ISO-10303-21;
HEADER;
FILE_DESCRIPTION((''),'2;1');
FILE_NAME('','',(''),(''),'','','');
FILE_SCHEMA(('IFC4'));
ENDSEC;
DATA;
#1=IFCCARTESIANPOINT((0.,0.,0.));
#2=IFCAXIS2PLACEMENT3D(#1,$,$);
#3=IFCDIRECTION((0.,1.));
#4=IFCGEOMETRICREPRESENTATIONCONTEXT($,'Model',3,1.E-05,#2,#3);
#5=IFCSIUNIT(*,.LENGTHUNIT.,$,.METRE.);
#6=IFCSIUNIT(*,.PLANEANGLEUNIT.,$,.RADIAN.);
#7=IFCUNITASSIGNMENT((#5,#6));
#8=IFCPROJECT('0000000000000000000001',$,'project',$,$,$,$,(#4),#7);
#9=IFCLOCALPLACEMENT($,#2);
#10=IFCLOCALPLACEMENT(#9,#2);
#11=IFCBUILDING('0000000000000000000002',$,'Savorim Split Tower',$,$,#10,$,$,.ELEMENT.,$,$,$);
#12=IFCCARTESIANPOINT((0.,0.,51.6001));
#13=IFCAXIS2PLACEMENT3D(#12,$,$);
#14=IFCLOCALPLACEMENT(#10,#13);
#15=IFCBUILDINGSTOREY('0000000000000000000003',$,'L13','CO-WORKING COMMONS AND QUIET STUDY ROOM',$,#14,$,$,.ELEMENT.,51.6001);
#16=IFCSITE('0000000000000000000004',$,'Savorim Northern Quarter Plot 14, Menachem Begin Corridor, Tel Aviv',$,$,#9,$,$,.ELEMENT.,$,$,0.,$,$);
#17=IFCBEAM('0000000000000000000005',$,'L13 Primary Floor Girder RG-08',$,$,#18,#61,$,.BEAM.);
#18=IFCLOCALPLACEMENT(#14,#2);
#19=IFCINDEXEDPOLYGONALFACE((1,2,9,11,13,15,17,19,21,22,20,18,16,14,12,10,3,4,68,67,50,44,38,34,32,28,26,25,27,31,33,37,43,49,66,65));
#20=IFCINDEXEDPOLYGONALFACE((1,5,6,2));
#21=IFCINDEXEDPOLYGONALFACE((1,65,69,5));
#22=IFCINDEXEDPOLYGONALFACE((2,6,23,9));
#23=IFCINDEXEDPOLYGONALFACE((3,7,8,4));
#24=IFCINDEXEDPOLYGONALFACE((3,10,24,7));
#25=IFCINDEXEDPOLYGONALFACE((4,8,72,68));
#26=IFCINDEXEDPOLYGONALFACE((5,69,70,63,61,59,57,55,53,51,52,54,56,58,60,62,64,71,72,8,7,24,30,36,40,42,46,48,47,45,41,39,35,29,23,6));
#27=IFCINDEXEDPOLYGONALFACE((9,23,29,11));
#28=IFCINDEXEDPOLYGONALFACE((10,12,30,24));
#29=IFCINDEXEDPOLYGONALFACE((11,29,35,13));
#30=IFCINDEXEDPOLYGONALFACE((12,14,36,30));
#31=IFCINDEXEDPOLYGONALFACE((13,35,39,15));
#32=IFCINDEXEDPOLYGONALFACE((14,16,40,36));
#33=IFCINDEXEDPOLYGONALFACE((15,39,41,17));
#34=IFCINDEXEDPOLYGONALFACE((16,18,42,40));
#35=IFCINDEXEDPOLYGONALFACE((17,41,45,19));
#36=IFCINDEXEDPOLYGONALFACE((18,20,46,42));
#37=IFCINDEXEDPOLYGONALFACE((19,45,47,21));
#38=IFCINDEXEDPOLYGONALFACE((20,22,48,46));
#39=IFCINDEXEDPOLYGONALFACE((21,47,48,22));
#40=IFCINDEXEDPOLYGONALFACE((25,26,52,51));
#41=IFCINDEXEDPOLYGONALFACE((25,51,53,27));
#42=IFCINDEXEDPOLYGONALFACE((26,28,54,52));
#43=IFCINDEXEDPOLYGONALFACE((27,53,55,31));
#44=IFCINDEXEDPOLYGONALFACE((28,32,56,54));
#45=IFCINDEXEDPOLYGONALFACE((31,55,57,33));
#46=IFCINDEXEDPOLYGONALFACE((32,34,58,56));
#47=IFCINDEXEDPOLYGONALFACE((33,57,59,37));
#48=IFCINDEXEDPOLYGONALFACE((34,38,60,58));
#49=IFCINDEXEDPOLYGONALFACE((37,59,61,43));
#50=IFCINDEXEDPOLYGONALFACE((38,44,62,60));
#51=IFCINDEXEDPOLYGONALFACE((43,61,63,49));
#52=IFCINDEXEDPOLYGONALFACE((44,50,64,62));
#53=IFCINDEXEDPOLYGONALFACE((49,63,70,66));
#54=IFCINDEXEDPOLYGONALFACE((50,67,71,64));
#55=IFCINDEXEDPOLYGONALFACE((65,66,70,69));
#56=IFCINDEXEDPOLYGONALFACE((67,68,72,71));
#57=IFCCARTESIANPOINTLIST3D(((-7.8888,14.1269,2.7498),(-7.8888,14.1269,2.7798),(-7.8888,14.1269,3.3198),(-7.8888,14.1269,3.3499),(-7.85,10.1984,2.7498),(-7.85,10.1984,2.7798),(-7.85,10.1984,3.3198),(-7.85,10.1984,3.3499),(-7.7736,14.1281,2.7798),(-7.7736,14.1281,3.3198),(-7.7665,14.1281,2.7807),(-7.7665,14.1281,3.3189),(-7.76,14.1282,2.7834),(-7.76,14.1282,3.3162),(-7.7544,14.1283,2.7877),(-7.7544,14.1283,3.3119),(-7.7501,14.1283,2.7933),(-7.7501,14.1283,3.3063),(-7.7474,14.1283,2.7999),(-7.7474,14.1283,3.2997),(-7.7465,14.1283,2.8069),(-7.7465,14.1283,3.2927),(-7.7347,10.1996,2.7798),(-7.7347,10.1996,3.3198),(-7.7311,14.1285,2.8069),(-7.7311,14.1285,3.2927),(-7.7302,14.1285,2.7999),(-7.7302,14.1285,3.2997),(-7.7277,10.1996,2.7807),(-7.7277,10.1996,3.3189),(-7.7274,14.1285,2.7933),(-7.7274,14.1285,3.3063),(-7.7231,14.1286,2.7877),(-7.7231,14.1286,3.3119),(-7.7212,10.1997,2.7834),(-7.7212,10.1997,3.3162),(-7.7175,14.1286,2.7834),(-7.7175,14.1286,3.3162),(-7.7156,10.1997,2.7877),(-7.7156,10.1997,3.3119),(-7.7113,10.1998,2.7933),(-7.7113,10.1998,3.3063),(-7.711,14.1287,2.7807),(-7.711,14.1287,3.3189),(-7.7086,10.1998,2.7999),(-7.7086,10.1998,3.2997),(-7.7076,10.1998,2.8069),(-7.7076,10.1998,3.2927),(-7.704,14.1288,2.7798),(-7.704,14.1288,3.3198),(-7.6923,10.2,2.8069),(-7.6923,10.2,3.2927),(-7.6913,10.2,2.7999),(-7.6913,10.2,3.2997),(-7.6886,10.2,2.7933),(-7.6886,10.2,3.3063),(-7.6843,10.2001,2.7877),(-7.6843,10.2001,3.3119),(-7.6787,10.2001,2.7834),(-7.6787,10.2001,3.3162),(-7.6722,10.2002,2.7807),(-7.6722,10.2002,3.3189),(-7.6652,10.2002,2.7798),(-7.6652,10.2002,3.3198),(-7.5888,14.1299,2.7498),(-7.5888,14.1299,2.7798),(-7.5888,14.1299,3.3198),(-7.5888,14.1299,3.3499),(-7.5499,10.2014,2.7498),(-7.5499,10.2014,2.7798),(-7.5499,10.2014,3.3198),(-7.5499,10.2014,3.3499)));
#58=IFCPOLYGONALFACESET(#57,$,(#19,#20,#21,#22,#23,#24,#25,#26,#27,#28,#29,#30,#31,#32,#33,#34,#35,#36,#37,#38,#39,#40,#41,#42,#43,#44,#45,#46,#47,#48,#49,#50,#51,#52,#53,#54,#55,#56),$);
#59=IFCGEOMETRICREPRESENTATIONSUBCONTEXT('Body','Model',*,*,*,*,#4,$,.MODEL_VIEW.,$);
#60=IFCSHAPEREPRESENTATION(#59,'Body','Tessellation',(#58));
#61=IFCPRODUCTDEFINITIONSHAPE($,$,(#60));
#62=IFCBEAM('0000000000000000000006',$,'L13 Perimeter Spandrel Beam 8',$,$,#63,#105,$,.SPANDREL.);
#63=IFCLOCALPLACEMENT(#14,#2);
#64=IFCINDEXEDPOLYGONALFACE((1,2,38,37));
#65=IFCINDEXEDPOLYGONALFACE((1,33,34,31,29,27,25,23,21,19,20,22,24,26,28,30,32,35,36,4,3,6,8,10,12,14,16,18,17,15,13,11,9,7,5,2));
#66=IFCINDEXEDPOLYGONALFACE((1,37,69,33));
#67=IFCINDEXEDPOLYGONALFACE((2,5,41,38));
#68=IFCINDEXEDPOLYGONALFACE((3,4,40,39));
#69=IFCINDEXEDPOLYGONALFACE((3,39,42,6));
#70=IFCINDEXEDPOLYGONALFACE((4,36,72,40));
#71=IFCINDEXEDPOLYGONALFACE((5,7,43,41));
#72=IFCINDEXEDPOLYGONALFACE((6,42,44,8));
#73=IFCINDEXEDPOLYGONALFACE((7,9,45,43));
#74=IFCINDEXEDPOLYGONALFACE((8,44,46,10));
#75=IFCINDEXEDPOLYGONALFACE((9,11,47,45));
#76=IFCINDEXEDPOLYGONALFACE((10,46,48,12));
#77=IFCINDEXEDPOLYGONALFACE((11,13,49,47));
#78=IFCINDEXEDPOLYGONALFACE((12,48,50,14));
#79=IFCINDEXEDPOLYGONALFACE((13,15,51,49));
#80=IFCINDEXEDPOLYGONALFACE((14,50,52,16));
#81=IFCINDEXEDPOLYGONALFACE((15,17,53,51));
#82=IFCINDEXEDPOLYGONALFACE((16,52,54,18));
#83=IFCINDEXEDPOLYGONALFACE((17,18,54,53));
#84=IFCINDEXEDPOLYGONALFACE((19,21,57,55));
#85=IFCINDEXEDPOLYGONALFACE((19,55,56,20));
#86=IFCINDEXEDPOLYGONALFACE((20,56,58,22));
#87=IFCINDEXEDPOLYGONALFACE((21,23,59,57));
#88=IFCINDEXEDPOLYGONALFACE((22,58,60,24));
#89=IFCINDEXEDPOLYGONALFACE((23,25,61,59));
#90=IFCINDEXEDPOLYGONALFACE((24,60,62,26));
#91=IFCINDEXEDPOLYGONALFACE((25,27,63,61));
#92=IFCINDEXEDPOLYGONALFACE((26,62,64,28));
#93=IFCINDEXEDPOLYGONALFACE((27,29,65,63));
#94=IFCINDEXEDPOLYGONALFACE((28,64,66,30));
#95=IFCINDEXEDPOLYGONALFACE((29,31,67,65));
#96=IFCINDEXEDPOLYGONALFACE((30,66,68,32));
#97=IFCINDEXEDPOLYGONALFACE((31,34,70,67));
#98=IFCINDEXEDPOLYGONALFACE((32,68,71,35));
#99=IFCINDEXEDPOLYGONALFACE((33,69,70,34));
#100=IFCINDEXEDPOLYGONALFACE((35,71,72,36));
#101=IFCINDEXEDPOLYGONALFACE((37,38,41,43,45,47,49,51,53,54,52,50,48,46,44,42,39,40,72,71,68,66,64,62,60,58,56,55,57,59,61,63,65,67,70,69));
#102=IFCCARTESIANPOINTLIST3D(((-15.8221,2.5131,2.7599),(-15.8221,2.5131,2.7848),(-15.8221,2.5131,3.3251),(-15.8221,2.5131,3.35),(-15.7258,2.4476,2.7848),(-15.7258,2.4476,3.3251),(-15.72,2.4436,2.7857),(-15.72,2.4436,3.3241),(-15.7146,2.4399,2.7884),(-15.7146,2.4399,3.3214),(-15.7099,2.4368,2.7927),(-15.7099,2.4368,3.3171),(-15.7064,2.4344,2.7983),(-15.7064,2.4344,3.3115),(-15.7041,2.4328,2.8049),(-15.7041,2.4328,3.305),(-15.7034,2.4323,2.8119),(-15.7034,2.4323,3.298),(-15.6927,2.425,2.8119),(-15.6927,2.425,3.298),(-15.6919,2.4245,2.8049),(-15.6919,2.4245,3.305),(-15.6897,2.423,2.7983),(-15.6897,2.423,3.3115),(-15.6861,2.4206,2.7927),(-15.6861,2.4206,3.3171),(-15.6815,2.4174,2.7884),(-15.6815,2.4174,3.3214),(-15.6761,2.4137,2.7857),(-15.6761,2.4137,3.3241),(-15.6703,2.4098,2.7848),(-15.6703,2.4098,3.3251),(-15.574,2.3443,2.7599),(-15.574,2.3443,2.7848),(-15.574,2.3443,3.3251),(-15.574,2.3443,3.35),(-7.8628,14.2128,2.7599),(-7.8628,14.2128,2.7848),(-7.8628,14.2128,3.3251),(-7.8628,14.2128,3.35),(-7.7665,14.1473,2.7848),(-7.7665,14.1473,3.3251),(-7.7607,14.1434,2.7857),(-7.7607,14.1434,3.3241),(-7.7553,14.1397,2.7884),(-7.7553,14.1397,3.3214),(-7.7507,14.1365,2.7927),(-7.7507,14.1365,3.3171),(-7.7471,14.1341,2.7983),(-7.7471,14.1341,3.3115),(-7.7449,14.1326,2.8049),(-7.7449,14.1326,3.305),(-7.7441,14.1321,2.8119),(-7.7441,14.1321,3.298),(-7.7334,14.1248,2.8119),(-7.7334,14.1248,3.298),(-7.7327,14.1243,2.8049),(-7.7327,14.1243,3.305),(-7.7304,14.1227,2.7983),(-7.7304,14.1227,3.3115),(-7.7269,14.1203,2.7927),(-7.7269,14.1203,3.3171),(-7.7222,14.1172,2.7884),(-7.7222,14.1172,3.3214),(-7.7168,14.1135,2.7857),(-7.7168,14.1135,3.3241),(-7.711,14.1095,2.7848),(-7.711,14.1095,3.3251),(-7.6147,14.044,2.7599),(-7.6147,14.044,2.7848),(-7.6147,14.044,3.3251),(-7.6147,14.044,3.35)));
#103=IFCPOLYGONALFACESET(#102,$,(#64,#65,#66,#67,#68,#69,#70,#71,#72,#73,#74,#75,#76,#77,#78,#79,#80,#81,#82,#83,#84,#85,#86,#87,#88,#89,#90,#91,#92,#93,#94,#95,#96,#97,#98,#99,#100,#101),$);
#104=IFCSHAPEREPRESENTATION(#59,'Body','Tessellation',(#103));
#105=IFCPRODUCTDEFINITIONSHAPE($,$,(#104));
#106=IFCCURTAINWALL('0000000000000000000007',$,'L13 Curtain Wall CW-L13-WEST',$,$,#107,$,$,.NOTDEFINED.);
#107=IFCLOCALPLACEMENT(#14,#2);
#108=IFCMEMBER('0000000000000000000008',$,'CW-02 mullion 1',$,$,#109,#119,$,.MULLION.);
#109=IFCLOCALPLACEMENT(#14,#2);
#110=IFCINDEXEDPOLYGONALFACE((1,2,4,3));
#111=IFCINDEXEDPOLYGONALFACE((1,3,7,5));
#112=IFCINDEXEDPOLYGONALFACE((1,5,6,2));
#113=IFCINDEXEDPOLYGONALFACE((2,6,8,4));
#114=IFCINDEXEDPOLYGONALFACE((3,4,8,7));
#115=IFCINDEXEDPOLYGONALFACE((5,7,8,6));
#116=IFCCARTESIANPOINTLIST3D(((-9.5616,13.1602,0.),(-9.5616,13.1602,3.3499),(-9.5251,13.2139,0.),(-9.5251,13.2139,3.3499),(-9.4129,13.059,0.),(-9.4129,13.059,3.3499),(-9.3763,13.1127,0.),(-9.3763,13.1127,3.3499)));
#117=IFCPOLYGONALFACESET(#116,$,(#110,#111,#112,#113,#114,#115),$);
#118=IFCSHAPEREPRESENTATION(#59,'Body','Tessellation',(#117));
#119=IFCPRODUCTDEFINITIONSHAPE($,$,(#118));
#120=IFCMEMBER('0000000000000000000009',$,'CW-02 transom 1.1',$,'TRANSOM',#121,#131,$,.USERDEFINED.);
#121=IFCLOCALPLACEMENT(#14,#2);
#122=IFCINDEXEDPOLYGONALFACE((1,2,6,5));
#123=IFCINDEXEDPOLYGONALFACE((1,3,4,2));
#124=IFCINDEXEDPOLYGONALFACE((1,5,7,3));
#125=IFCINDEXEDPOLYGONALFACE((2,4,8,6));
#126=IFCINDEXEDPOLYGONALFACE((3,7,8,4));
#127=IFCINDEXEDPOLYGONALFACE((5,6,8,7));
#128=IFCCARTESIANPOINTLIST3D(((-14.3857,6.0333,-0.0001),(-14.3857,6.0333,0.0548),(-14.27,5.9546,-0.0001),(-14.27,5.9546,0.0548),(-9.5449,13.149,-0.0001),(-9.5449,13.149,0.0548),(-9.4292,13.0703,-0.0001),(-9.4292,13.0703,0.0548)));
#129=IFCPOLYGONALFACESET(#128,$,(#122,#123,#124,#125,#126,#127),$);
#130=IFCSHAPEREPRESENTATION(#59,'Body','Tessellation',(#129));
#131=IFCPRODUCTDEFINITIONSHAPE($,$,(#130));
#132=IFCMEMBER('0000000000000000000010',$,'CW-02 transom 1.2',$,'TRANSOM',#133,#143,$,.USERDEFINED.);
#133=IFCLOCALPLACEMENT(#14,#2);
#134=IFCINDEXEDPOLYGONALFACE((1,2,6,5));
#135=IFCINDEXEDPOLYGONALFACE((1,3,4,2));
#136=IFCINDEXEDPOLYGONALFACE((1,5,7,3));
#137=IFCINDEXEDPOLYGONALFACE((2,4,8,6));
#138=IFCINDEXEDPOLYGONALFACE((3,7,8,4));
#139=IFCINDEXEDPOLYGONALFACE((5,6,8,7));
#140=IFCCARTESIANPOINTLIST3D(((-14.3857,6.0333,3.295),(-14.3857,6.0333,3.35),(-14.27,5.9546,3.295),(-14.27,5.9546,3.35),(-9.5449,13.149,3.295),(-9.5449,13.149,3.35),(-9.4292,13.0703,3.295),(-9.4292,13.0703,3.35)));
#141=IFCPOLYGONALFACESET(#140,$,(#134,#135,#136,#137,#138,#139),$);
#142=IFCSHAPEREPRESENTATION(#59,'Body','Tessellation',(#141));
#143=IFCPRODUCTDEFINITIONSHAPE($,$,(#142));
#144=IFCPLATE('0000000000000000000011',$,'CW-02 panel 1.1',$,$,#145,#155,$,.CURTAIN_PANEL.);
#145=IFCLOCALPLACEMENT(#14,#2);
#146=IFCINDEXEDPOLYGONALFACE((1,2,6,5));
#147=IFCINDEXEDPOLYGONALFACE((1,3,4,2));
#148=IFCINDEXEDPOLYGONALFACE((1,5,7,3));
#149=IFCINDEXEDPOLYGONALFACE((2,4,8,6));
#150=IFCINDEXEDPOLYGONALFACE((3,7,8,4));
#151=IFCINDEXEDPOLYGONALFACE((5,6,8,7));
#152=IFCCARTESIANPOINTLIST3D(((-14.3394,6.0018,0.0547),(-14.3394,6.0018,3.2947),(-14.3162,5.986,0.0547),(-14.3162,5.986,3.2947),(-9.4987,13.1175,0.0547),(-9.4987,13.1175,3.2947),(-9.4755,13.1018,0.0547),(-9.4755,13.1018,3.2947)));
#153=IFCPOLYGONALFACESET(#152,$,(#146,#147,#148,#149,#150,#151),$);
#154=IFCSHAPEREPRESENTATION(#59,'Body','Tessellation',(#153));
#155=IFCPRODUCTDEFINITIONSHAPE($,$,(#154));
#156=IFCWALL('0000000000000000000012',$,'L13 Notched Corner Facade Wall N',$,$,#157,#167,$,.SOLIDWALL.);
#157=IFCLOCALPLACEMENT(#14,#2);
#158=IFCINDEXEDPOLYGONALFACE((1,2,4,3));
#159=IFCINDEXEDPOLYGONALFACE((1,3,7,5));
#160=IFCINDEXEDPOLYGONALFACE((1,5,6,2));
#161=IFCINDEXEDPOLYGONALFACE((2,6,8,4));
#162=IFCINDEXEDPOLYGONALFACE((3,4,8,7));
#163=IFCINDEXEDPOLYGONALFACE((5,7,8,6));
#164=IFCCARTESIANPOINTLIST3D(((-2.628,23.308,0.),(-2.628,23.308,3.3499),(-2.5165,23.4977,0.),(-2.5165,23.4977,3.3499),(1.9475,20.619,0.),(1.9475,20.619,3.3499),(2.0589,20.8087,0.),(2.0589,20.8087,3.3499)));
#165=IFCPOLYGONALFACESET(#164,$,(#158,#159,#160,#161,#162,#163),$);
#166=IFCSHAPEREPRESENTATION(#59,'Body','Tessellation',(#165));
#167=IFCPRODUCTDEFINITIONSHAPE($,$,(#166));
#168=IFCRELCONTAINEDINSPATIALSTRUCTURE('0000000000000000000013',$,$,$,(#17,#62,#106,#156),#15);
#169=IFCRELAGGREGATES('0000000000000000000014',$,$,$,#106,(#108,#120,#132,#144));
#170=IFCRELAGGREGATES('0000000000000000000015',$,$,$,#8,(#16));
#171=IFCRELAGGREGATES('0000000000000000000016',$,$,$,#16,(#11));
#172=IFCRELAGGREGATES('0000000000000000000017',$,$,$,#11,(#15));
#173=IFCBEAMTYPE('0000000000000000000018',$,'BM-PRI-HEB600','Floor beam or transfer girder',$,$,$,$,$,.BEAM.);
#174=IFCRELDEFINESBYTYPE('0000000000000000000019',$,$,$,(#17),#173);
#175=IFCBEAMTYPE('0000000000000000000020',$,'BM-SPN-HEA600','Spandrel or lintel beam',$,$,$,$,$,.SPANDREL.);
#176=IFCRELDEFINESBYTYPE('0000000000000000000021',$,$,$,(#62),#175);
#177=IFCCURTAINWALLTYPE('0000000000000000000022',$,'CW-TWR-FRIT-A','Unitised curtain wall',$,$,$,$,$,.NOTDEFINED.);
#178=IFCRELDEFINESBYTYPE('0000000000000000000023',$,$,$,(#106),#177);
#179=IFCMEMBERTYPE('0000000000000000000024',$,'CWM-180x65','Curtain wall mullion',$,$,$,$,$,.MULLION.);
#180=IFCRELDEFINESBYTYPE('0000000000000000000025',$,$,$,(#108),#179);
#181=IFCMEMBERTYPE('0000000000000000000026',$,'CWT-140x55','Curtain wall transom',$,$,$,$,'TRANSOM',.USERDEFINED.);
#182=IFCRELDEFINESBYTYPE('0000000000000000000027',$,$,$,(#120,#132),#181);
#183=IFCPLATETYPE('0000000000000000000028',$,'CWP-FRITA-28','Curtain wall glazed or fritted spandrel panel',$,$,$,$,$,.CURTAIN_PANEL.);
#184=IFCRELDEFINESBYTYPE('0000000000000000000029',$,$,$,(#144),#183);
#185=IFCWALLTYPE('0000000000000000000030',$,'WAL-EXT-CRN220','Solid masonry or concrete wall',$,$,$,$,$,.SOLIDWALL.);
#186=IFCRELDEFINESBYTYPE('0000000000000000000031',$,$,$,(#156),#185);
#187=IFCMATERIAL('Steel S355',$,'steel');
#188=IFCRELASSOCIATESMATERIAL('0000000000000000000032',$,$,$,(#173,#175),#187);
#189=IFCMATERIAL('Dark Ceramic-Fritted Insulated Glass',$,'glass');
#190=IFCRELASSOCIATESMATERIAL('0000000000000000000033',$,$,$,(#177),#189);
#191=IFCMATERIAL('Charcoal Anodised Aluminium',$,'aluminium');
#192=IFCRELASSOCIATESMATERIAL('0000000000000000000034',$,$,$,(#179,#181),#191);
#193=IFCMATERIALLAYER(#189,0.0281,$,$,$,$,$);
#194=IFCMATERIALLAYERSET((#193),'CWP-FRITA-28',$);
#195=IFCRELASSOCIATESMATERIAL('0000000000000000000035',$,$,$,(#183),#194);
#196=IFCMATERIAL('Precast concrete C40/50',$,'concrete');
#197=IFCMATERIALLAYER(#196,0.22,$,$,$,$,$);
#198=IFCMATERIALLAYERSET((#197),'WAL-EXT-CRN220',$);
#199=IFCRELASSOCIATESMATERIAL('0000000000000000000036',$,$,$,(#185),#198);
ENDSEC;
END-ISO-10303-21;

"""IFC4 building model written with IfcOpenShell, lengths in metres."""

from ifc_helpers import new_model, si_unit, direction, frame, frame_2d, origin, origin_2d, place, context, subcontext, project, spatial, rectangle, i_section, extrude, material, layer, layer_set, material_profile, profile_set, type_object, element, aggregate, save


model = new_model("IFC4")

# Units and contexts
model_context = context("Model", 3, precision=1e-05, world=origin(), true_north=direction((0.0, 1.0)))
body_context = subcontext(model_context, "Body", "Model", "MODEL_VIEW")
ifc_project = project(units=[si_unit("LENGTHUNIT", "METRE"), si_unit("PLANEANGLEUNIT", "RADIAN")], contexts=[model_context])

# Site, building, storey
site_placement = place(None, origin())
site = spatial("IfcSite", under=ifc_project, at=site_placement, Name="Savorim Northern Quarter Plot 14, Menachem Begin Corridor, Tel Aviv", CompositionType="ELEMENT", RefElevation=0.0)
building_placement = place(site_placement, origin())
building = spatial("IfcBuilding", under=site, at=building_placement, Name="Savorim Split Tower", CompositionType="ELEMENT")
storey_placement = place(building_placement, frame((0.0, 0.0, 51.6001)))
storey = spatial("IfcBuildingStorey", under=building, at=storey_placement, Name="L13", Description="CO-WORKING COMMONS AND QUIET STUDY ROOM", CompositionType="ELEMENT", Elevation=51.6001)

# Beams
ifc_material_1 = material(Name="Steel S355", Category="steel")
ifc_material_profile_1 = material_profile(ifc_material_1, i_section(OverallWidth=0.3, OverallDepth=0.6001, WebThickness=0.0154, FlangeThickness=0.03, FilletRadius=0.0271, at=origin_2d()), Name="HEB 600")
ifc_profile_set_1 = profile_set([ifc_material_profile_1], Name="Steel S355")
beam_type_1 = type_object("IfcBeamType", Name="BM-PRI-HEB600", Description="Floor beam or transfer girder", PredefinedType="BEAM", material=ifc_profile_set_1)
beam_1_placement = place(storey_placement, frame((-7.7388, 14.1284, 3.0498), z_axis=(0.009881, -0.999951, 0.0), x_axis=(0.999951, 0.009881, 0.0)))
element("IfcBeam", 1, at=beam_1_placement, inside=storey, type_object=beam_type_1, Name="L13 Primary Floor Girder RG-08", PredefinedType="BEAM", context=body_context, shape_type="SweptSolid", body=[
    extrude(i_section(OverallWidth=0.3, OverallDepth=0.6001, WebThickness=0.0154, FlangeThickness=0.03, FilletRadius=0.0271, at=origin_2d()), origin(), (0.0, 0.0, 1.0), 3.9287),
])
ifc_material_profile_2 = material_profile(ifc_material_1, i_section(OverallWidth=0.3, OverallDepth=0.5901, WebThickness=0.0129, FlangeThickness=0.0249, FilletRadius=0.0271, at=origin_2d()), Name="HEA 600")
ifc_profile_set_2 = profile_set([ifc_material_profile_2], Name="Steel S355")
beam_type_2 = type_object("IfcBeamType", Name="BM-SPN-HEA600", Description="Spandrel or lintel beam", PredefinedType="SPANDREL", material=ifc_profile_set_2)
beam_2_placement = place(storey_placement, frame((-7.7388, 14.1284, 3.0549), z_axis=(-0.562476, -0.826814, 0.0), x_axis=(0.826814, -0.562476, 0.0)))
element("IfcBeam", 2, at=beam_2_placement, inside=storey, type_object=beam_type_2, Name="L13 Perimeter Spandrel Beam 8", PredefinedType="SPANDREL", context=body_context, shape_type="SweptSolid", body=[
    extrude(i_section(OverallWidth=0.3, OverallDepth=0.5901, WebThickness=0.0129, FlangeThickness=0.0249, FilletRadius=0.0271, at=origin_2d()), origin(), (0.0, 0.0, 1.0), 14.1504),
])

# Curtain wall, members, plate
ifc_material_2 = material(Name="Dark Ceramic-Fritted Insulated Glass", Category="glass")
curtain_wall_type = type_object("IfcCurtainWallType", Name="CW-TWR-FRIT-A", Description="Unitised curtain wall", PredefinedType="NOTDEFINED", material=ifc_material_2)
curtain_wall_placement = place(storey_placement, origin())
curtain_wall = element("IfcCurtainWall", 3, at=curtain_wall_placement, inside=storey, type_object=curtain_wall_type, Name="L13 Curtain Wall CW-L13-WEST", PredefinedType="NOTDEFINED")
ifc_material_3 = material(Name="Charcoal Anodised Aluminium", Category="aluminium")
ifc_material_profile_3 = material_profile(ifc_material_3, rectangle(XDim=0.1799, YDim=0.0649, at=origin_2d()), Name="ALU-M 180x65")
ifc_profile_set_3 = profile_set([ifc_material_profile_3], Name="Charcoal Anodised Aluminium")
member_type_1 = type_object("IfcMemberType", Name="CWM-180x65", Description="Curtain wall mullion", PredefinedType="MULLION", material=ifc_profile_set_3)
member_1_placement = place(storey_placement, frame((-9.469, 13.1365, 0.0), z_axis=(0.0, 0.0, 1.0), x_axis=(0.82682, -0.562466, 0.0)))
member_1 = element("IfcMember", 4, at=member_1_placement, type_object=member_type_1, Name="CW-02 mullion 1", PredefinedType="MULLION", context=body_context, shape_type="SweptSolid", body=[
    extrude(rectangle(XDim=0.1799, YDim=0.0649, at=origin_2d()), origin(), (0.0, 0.0, 1.0), 3.3499),
])
ifc_material_profile_4 = material_profile(ifc_material_3, rectangle(XDim=0.1399, YDim=0.0549, at=origin_2d()), Name="ALU-T 140x55")
ifc_profile_set_4 = profile_set([ifc_material_profile_4], Name="Charcoal Anodised Aluminium")
member_type_2 = type_object("IfcMemberType", Name="CWT-140x55", Description="Curtain wall transom", ElementType="TRANSOM", PredefinedType="USERDEFINED", material=ifc_profile_set_4)
member_2_placement = place(storey_placement, frame((-9.4871, 13.1096, 0.0273), z_axis=(-0.562479, -0.826811, 0.0), x_axis=(0.826811, -0.562479, 0.0)))
member_2 = element("IfcMember", 5, at=member_2_placement, type_object=member_type_2, Name="CW-02 transom 1.1", ObjectType="TRANSOM", PredefinedType="USERDEFINED", context=body_context, shape_type="SweptSolid", body=[
    extrude(rectangle(XDim=0.1399, YDim=0.0549, at=origin_2d()), origin(), (0.0, 0.0, 1.0), 8.6062),
])
member_3_placement = place(storey_placement, frame((-9.4871, 13.1096, 3.3225), z_axis=(-0.562479, -0.826811, 0.0), x_axis=(0.826811, -0.562479, 0.0)))
member_3 = element("IfcMember", 6, at=member_3_placement, type_object=member_type_2, Name="CW-02 transom 1.2", ObjectType="TRANSOM", PredefinedType="USERDEFINED", context=body_context, shape_type="SweptSolid", body=[
    extrude(rectangle(XDim=0.1399, YDim=0.0549, at=origin_2d()), origin(), (0.0, 0.0, 1.0), 8.6062),
])
ifc_layer_1 = layer(ifc_material_2, 0.0281)
ifc_layer_set_1 = layer_set([ifc_layer_1], Name="CWP-FRITA-28")
plate_type = type_object("IfcPlateType", Name="CWP-FRITA-28", Description="Curtain wall glazed or fritted spandrel panel", PredefinedType="CURTAIN_PANEL", material=ifc_layer_set_1)
plate_placement = place(storey_placement, frame((-11.9075, 9.5518, 0.0547), z_axis=(0.0, 0.0, 1.0), x_axis=(-0.562466, -0.82682, 0.0)))
plate = element("IfcPlate", 7, at=plate_placement, type_object=plate_type, Name="CW-02 panel 1.1", PredefinedType="CURTAIN_PANEL", context=body_context, shape_type="SweptSolid", body=[
    extrude(rectangle(XDim=8.6062, YDim=0.0281, at=origin_2d()), origin(), (0.0, 0.0, 1.0), 3.24),
])
aggregate(curtain_wall, [member_1, member_2, member_3, plate])

# Wall
ifc_material_4 = material(Name="Precast concrete C40/50", Category="concrete")
ifc_layer_2 = layer(ifc_material_4, 0.22)
ifc_layer_set_2 = layer_set([ifc_layer_2], Name="WAL-EXT-CRN220")
wall_type_1 = type_object("IfcWallType", Name="WAL-EXT-CRN220", Description="Solid masonry or concrete wall", PredefinedType="SOLIDWALL", material=ifc_layer_set_2)
wall_1_placement = place(storey_placement, frame((-2.5723, 23.4028, 0.0), z_axis=(0.0, 0.0, 1.0), x_axis=(0.862138, -0.506674, 0.0)))
element("IfcWall", 8, at=wall_1_placement, inside=storey, type_object=wall_type_1, Name="L13 Notched Corner Facade Wall N", PredefinedType="SOLIDWALL", context=body_context, shape_type="SweptSolid", body=[
    extrude(rectangle(XDim=5.3071, YDim=0.22, at=frame_2d((2.6536, 0.0))), origin(), (0.0, 0.0, 1.0), 3.3499),
])

save(model, "model.ifc")
